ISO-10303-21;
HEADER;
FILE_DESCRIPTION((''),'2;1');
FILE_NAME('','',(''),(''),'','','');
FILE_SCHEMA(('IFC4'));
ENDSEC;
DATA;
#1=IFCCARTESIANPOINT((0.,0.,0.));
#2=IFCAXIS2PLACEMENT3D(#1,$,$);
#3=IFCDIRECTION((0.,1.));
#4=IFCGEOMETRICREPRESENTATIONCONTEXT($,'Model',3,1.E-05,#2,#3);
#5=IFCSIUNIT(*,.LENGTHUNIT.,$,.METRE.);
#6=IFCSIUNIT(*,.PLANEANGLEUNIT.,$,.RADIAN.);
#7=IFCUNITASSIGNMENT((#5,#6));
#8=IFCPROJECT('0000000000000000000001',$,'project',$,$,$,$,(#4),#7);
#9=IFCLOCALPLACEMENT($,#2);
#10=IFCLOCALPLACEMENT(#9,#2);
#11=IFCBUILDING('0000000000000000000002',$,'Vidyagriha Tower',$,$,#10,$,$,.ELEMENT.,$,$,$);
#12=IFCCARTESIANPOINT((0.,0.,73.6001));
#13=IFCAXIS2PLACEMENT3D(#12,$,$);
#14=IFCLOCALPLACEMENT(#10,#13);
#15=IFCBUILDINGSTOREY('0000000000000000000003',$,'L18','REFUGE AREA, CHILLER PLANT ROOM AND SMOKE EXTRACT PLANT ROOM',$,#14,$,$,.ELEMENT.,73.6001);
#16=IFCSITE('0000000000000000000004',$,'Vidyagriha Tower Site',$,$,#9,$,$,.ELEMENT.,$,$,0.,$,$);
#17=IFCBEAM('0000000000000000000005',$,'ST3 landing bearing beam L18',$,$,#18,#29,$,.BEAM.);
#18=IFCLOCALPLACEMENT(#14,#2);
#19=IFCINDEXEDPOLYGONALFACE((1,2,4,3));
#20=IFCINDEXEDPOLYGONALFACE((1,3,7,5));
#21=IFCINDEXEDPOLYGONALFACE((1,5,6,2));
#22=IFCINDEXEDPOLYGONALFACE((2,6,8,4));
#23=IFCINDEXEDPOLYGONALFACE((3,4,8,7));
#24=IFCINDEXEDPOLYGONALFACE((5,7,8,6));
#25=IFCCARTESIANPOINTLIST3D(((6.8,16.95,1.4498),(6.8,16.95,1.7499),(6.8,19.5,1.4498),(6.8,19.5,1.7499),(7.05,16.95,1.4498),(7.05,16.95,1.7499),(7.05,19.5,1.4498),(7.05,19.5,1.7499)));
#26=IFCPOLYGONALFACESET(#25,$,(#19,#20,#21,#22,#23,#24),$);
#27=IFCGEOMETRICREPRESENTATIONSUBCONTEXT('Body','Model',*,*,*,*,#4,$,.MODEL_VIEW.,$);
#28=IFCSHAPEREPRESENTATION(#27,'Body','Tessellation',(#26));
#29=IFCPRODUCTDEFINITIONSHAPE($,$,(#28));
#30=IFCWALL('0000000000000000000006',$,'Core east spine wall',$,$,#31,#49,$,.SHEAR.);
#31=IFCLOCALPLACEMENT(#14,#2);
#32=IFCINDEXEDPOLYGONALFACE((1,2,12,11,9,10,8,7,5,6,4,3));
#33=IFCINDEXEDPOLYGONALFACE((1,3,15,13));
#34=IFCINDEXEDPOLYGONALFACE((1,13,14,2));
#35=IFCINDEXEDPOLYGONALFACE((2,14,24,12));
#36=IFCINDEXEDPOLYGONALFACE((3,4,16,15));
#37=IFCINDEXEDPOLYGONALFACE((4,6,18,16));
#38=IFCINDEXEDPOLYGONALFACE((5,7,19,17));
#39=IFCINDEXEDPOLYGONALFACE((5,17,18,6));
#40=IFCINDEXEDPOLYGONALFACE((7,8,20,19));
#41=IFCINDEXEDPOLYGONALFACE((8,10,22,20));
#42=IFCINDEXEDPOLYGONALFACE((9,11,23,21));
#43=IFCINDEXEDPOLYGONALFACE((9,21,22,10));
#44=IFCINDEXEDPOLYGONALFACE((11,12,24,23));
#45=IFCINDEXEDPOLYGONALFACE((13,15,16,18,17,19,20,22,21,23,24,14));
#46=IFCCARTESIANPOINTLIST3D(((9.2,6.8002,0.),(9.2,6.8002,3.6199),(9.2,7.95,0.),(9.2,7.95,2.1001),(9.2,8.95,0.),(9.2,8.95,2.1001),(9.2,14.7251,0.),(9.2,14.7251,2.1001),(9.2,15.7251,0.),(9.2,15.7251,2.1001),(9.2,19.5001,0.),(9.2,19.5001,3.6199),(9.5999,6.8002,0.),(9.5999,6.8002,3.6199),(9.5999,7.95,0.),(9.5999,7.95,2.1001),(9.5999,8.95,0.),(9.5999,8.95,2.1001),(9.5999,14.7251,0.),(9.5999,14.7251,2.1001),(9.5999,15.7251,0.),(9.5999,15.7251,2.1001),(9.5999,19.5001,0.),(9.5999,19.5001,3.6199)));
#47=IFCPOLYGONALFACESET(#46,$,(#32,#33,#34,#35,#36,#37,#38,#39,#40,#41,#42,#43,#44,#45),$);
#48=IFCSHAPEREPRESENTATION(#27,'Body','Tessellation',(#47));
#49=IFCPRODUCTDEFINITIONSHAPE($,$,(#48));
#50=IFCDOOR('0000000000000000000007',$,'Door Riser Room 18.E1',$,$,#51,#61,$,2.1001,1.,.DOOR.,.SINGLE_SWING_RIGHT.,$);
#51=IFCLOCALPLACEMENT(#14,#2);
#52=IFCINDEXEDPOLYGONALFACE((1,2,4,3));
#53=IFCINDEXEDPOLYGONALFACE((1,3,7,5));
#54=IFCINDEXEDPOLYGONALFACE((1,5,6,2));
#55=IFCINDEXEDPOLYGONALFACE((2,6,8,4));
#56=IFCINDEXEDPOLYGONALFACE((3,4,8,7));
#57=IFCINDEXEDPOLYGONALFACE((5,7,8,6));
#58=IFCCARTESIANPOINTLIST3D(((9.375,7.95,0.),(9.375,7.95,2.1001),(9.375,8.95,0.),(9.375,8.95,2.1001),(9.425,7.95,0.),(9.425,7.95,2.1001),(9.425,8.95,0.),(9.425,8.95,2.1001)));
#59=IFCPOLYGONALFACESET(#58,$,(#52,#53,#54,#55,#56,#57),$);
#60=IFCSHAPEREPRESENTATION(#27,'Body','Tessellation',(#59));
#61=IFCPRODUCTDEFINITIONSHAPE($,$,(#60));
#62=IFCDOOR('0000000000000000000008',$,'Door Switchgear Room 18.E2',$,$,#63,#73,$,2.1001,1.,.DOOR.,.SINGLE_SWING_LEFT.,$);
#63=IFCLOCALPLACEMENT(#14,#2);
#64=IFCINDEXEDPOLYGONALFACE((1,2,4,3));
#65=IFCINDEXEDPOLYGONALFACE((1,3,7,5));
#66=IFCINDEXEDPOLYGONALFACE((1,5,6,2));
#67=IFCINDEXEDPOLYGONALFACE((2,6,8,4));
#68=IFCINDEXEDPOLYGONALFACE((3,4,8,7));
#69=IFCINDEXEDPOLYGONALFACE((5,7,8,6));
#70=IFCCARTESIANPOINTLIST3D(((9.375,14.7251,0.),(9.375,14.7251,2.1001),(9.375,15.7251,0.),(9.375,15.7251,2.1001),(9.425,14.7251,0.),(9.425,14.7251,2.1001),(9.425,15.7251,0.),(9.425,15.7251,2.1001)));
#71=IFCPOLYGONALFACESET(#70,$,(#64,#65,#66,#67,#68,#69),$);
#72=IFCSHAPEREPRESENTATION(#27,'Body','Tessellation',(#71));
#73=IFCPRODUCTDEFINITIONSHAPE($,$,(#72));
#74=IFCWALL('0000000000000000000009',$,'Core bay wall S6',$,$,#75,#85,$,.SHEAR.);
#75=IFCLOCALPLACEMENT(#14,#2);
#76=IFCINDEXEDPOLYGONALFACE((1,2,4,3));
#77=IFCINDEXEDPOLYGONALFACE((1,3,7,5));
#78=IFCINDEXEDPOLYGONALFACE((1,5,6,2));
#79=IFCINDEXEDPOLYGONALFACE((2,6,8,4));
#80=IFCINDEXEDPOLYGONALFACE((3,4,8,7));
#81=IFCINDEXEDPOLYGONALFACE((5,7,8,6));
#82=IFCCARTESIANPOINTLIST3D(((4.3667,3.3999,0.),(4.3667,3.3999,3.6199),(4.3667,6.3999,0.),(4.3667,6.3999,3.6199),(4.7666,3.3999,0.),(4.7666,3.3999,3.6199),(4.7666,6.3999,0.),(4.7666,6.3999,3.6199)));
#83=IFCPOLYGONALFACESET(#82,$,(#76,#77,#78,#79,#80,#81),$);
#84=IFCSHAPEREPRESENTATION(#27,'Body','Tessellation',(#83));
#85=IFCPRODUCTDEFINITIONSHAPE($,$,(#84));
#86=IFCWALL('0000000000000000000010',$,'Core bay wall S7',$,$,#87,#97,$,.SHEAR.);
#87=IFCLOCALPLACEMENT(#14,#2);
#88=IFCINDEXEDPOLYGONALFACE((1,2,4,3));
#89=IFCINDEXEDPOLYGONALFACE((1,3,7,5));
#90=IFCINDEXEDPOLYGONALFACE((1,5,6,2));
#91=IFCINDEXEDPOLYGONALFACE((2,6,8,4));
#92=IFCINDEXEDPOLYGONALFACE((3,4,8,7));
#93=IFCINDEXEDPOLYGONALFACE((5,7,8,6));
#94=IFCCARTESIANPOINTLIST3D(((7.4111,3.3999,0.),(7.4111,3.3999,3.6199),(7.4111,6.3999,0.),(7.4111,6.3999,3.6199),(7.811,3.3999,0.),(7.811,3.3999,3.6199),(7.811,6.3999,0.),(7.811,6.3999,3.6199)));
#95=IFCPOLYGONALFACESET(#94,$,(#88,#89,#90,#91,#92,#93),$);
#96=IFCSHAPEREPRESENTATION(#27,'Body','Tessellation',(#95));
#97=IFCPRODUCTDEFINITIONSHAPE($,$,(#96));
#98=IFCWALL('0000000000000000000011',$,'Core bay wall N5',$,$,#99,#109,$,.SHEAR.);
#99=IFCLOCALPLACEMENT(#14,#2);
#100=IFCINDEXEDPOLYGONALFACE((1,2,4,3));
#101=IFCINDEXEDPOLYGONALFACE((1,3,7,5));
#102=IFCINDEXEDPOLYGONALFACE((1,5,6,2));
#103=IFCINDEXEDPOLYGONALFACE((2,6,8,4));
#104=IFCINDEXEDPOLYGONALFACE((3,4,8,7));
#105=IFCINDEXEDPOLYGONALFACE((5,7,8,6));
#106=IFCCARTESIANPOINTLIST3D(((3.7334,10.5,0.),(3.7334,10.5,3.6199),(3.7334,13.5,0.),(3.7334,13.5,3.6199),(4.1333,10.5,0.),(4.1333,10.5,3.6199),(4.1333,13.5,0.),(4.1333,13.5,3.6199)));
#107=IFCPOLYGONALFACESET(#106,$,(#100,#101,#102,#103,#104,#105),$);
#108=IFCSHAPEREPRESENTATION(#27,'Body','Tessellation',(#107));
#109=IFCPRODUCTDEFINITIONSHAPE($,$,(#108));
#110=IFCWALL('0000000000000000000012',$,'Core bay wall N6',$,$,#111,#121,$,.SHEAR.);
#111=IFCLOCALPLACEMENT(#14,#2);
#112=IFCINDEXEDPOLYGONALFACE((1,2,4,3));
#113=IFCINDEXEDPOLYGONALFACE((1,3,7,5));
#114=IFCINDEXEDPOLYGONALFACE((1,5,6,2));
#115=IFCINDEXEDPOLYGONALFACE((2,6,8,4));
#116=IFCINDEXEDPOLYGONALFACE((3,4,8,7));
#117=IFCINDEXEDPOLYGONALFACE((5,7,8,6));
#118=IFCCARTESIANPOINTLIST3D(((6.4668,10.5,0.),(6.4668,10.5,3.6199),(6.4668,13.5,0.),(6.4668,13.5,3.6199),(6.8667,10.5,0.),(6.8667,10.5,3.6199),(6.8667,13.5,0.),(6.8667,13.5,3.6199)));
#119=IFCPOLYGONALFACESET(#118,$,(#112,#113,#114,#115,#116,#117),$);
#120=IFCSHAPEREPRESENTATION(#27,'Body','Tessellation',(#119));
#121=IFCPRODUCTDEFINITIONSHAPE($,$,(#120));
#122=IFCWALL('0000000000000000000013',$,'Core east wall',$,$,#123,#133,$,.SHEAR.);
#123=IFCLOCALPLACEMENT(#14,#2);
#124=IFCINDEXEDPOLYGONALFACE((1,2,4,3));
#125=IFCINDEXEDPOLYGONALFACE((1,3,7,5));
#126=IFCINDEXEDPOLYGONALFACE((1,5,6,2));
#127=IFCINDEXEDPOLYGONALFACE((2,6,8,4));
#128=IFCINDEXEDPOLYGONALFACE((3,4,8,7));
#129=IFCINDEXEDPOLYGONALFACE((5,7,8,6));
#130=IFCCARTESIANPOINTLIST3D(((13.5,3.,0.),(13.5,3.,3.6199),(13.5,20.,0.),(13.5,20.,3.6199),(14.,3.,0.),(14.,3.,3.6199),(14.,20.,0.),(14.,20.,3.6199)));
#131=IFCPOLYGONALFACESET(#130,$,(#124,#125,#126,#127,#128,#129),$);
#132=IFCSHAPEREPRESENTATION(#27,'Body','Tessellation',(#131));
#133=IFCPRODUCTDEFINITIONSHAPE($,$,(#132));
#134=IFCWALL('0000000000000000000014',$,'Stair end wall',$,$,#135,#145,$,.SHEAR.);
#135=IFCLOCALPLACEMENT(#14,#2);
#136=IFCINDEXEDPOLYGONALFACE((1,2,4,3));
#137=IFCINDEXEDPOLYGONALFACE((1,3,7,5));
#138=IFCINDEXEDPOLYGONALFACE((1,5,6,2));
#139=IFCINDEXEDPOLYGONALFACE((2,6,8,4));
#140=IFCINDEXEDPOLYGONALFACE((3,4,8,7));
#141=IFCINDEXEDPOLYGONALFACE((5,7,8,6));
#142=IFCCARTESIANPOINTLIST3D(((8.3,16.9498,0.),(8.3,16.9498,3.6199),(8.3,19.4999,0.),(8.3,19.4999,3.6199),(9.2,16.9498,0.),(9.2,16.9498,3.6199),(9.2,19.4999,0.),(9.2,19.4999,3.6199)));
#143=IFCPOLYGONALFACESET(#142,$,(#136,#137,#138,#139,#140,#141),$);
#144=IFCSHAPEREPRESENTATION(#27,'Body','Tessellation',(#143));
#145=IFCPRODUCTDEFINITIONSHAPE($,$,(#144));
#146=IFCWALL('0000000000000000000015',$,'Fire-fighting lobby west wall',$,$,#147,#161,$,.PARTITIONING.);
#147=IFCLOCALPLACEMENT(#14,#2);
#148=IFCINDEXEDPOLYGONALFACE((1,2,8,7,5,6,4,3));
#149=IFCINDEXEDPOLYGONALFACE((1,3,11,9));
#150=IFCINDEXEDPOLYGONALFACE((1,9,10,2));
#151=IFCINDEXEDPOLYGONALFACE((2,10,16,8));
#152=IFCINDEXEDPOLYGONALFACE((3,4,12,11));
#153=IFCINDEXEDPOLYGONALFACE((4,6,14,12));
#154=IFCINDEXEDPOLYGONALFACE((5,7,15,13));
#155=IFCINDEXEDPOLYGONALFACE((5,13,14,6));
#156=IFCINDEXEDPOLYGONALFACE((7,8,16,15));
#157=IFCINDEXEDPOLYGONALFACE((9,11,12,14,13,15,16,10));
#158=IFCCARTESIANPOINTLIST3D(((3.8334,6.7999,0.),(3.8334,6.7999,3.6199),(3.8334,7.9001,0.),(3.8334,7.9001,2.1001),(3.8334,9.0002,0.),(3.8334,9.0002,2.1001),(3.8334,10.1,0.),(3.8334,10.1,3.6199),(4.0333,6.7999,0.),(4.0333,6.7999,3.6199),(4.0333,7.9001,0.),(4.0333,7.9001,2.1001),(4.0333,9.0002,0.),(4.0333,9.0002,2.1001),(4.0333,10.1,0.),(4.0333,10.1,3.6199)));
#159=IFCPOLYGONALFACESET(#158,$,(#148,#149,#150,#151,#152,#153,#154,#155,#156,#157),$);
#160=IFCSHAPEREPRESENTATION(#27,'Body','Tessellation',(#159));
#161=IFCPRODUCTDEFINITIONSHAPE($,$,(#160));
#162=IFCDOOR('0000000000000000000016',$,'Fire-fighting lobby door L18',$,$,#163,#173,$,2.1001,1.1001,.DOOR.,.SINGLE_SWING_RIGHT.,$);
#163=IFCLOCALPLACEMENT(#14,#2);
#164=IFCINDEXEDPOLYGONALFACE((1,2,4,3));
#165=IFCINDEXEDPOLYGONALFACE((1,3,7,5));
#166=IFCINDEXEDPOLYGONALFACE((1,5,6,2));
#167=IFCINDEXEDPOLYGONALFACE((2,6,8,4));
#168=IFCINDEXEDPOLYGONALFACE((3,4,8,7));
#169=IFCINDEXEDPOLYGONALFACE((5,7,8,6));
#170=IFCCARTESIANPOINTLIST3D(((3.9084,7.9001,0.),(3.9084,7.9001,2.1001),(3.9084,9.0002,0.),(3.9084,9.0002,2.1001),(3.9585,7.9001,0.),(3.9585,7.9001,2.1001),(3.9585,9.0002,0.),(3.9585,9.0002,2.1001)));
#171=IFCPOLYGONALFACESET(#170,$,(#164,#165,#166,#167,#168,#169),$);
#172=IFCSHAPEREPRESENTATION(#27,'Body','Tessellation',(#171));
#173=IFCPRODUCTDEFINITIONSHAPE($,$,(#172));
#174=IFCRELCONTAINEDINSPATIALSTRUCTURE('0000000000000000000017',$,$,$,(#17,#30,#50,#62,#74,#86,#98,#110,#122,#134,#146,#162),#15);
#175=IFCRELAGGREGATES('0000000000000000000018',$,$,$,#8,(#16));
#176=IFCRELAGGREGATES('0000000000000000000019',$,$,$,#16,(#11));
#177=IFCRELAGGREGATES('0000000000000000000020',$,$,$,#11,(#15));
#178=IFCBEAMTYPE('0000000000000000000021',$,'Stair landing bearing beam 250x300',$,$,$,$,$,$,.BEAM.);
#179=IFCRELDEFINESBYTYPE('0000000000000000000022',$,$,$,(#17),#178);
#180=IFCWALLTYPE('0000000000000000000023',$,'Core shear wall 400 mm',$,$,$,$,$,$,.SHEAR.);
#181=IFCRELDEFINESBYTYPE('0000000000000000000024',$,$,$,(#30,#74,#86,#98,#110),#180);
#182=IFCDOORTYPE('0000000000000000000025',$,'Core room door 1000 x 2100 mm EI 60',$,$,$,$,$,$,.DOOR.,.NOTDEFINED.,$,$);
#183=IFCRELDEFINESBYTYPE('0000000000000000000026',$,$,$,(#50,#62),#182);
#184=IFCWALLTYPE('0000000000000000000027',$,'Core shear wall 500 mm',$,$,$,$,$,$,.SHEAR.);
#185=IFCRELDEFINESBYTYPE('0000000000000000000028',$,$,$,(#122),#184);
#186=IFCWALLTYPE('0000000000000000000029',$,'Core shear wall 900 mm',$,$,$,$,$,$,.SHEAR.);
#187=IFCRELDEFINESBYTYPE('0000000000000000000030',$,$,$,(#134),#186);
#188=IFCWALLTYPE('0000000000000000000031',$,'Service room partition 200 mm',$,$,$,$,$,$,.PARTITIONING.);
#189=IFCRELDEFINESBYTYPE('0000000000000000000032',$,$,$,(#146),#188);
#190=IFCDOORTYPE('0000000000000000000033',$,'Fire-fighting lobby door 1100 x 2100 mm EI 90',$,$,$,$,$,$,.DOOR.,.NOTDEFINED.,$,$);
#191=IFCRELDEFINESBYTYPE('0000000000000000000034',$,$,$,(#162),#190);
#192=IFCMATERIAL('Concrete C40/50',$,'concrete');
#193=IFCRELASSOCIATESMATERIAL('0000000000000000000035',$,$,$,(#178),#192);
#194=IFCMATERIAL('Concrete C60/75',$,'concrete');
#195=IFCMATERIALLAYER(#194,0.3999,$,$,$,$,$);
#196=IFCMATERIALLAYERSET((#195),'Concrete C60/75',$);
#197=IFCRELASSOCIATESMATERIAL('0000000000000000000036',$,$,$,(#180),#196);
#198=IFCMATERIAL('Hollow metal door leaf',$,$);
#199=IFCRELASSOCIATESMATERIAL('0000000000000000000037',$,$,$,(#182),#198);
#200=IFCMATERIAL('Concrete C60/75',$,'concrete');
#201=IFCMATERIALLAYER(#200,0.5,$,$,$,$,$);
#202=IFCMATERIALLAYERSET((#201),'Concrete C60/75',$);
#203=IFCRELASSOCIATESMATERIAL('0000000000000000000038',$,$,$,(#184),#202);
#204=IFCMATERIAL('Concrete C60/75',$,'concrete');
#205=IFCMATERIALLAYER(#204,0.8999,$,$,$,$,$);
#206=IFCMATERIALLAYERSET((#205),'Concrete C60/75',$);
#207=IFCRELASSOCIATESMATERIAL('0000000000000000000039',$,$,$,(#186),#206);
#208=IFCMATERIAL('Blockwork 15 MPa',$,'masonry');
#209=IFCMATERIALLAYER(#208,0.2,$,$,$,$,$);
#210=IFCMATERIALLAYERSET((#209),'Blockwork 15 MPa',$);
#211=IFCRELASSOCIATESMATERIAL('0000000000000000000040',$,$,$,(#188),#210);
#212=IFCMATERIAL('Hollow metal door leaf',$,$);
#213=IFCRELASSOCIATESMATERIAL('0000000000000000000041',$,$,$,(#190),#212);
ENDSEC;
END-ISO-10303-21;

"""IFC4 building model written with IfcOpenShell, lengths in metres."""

from ifc_helpers import new_model, si_unit, direction, frame, frame_2d, origin, origin_2d, place, context, subcontext, project, spatial, rectangle, extrude, material, layer, layer_set, material_profile, profile_set, type_object, element, fill, save


model = new_model("IFC4")

# Units and contexts
model_context = context("Model", 3, precision=1e-05, world=origin(), true_north=direction((0.0, 1.0)))
body_context = subcontext(model_context, "Body", "Model", "MODEL_VIEW")
ifc_project = project(units=[si_unit("LENGTHUNIT", "METRE"), si_unit("PLANEANGLEUNIT", "RADIAN")], contexts=[model_context])

# Site, building, storey
site_placement = place(None, origin())
site = spatial("IfcSite", under=ifc_project, at=site_placement, Name="Vidyagriha Tower Site", CompositionType="ELEMENT", RefElevation=0.0)
building_placement = place(site_placement, origin())
building = spatial("IfcBuilding", under=site, at=building_placement, Name="Vidyagriha Tower", CompositionType="ELEMENT")
storey_placement = place(building_placement, frame((0.0, 0.0, 73.6001)))
storey = spatial("IfcBuildingStorey", under=building, at=storey_placement, Name="L18", Description="REFUGE AREA, CHILLER PLANT ROOM AND SMOKE EXTRACT PLANT ROOM", CompositionType="ELEMENT", Elevation=73.6001)

# Beam
ifc_material_1 = material(Name="Concrete C40/50", Category="concrete")
ifc_material_profile = material_profile(ifc_material_1, rectangle(XDim=0.25, YDim=0.3, at=origin_2d()), Name="Stair landing bearing beam 250x300")
ifc_profile_set = profile_set([ifc_material_profile], Name="Concrete C40/50")
beam_type = type_object("IfcBeamType", Name="Stair landing bearing beam 250x300", PredefinedType="BEAM", material=ifc_profile_set)
beam_placement = place(storey_placement, frame((6.925, 16.95, 1.5999), z_axis=(0.0, 1.0, 0.0), x_axis=(-1.0, 0.0, 0.0)))
element("IfcBeam", 1, at=beam_placement, inside=storey, type_object=beam_type, Name="ST3 landing bearing beam L18", PredefinedType="BEAM", context=body_context, shape_type="SweptSolid", body=[
    extrude(rectangle(XDim=0.25, YDim=0.3, at=origin_2d()), origin(), (0.0, 0.0, 1.0), 2.55),
])

# Wall, openings, doors
ifc_material_2 = material(Name="Concrete C60/75", Category="concrete")
ifc_layer_1 = layer(ifc_material_2, 0.3999)
ifc_layer_set_1 = layer_set([ifc_layer_1], Name="Concrete C60/75")
wall_type_1 = type_object("IfcWallType", Name="Core shear wall 400 mm", PredefinedType="SHEAR", material=ifc_layer_set_1)
wall_1_placement = place(storey_placement, frame((9.3999, 6.8, 0.0), z_axis=(0.0, 0.0, 1.0), x_axis=(0.0, 1.0, 0.0)))
wall_1 = element("IfcWall", 2, at=wall_1_placement, inside=storey, type_object=wall_type_1, Name="Core east spine wall", PredefinedType="SHEAR", context=body_context, shape_type="SweptSolid", body=[
    extrude(rectangle(XDim=12.7, YDim=0.3999, at=frame_2d((6.3501, 0.0))), origin(), (0.0, 0.0, 1.0), 3.6199),
])
opening_1_placement = place(wall_1_placement, frame((1.1499, 0.0, 0.0)))
opening_1 = element("IfcOpeningElement", 3, at=opening_1_placement, cuts=wall_1, PredefinedType="OPENING", context=body_context, shape_type="SweptSolid", body=[
    extrude(rectangle(XDim=1.0, YDim=2.1001, at=frame_2d((0.5, 1.05))), frame((0.0, 0.21, 0.0), z_axis=(0.0, -1.0, 0.0), x_axis=(1.0, 0.0, 0.0)), (0.0, 0.0, 1.0), 0.4199),
])
opening_2_placement = place(wall_1_placement, frame((7.925, 0.0, 0.0)))
opening_2 = element("IfcOpeningElement", 4, at=opening_2_placement, cuts=wall_1, PredefinedType="OPENING", context=body_context, shape_type="SweptSolid", body=[
    extrude(rectangle(XDim=1.0, YDim=2.1001, at=frame_2d((0.5, 1.05))), frame((0.0, 0.21, 0.0), z_axis=(0.0, -1.0, 0.0), x_axis=(1.0, 0.0, 0.0)), (0.0, 0.0, 1.0), 0.4199),
])
ifc_material_3 = material(Name="Hollow metal door leaf")
door_type_1 = type_object("IfcDoorType", Name="Core room door 1000 x 2100 mm EI 60", OperationType="NOTDEFINED", PredefinedType="DOOR", material=ifc_material_3)
door_1_placement = place(opening_1_placement, origin())
door_1 = element("IfcDoor", 5, at=door_1_placement, inside=storey, type_object=door_type_1, Name="Door Riser Room 18.E1", OperationType="SINGLE_SWING_RIGHT", OverallHeight=2.1001, OverallWidth=1.0, PredefinedType="DOOR", context=body_context, shape_type="SweptSolid", body=[
    extrude(rectangle(XDim=1.0, YDim=2.1001, at=frame_2d((0.5, 1.05))), frame((0.0, 0.0249, 0.0), z_axis=(0.0, -1.0, 0.0), x_axis=(1.0, 0.0, 0.0)), (0.0, 0.0, 1.0), 0.05),
])
fill(opening_1, door_1)
door_2_placement = place(opening_2_placement, origin())
door_2 = element("IfcDoor", 6, at=door_2_placement, inside=storey, type_object=door_type_1, Name="Door Switchgear Room 18.E2", OperationType="SINGLE_SWING_LEFT", OverallHeight=2.1001, OverallWidth=1.0, PredefinedType="DOOR", context=body_context, shape_type="SweptSolid", body=[
    extrude(rectangle(XDim=1.0, YDim=2.1001, at=frame_2d((0.5, 1.05))), frame((0.0, 0.0249, 0.0), z_axis=(0.0, -1.0, 0.0), x_axis=(1.0, 0.0, 0.0)), (0.0, 0.0, 1.0), 0.05),
])
fill(opening_2, door_2)

# Walls
for number, where, z_axis, x_axis, name in (
    (7, (4.5667, 3.3999, 0.0), (0.0, 0.0, 1.0), (0.0, 1.0, 0.0), "Core bay wall S6"),
    (8, (7.6111, 3.3999, 0.0), (0.0, 0.0, 1.0), (0.0, 1.0, 0.0), "Core bay wall S7"),
    (9, (3.9333, 10.5, 0.0), (0.0, 0.0, 1.0), (0.0, 1.0, 0.0), "Core bay wall N5"),
    (10, (6.6667, 10.5, 0.0), (0.0, 0.0, 1.0), (0.0, 1.0, 0.0), "Core bay wall N6"),
):
    element("IfcWall", number, at=place(storey_placement, frame(where, z_axis=z_axis, x_axis=x_axis)), inside=storey, type_object=wall_type_1, Name=name, PredefinedType="SHEAR", context=body_context, shape_type="SweptSolid", body=[
        extrude(rectangle(XDim=3.0, YDim=0.3999, at=frame_2d((1.5, 0.0))), origin(), (0.0, 0.0, 1.0), 3.6199),
    ])
ifc_material_4 = material(Name="Concrete C60/75", Category="concrete")
ifc_layer_2 = layer(ifc_material_4, 0.5)
ifc_layer_set_2 = layer_set([ifc_layer_2], Name="Concrete C60/75")
wall_type_2 = type_object("IfcWallType", Name="Core shear wall 500 mm", PredefinedType="SHEAR", material=ifc_layer_set_2)
wall_2_placement = place(storey_placement, frame((13.75, 3.0, 0.0), z_axis=(0.0, 0.0, 1.0), x_axis=(0.0, 1.0, 0.0)))
element("IfcWall", 11, at=wall_2_placement, inside=storey, type_object=wall_type_2, Name="Core east wall", PredefinedType="SHEAR", context=body_context, shape_type="SweptSolid", body=[
    extrude(rectangle(XDim=17.0, YDim=0.5, at=frame_2d((8.5, 0.0))), origin(), (0.0, 0.0, 1.0), 3.6199),
])
ifc_material_5 = material(Name="Concrete C60/75", Category="concrete")
ifc_layer_3 = layer(ifc_material_5, 0.8999)
ifc_layer_set_3 = layer_set([ifc_layer_3], Name="Concrete C60/75")
wall_type_3 = type_object("IfcWallType", Name="Core shear wall 900 mm", PredefinedType="SHEAR", material=ifc_layer_set_3)
wall_3_placement = place(storey_placement, frame((8.75, 16.95, 0.0), z_axis=(0.0, 0.0, 1.0), x_axis=(0.0, 1.0, 0.0)))
element("IfcWall", 12, at=wall_3_placement, inside=storey, type_object=wall_type_3, Name="Stair end wall", PredefinedType="SHEAR", context=body_context, shape_type="SweptSolid", body=[
    extrude(rectangle(XDim=2.55, YDim=0.8999, at=frame_2d((1.2749, 0.0))), origin(), (0.0, 0.0, 1.0), 3.6199),
])

# Wall, opening, door
ifc_material_6 = material(Name="Blockwork 15 MPa", Category="masonry")
ifc_layer_4 = layer(ifc_material_6, 0.2)
ifc_layer_set_4 = layer_set([ifc_layer_4], Name="Blockwork 15 MPa")
wall_type_4 = type_object("IfcWallType", Name="Service room partition 200 mm", PredefinedType="PARTITIONING", material=ifc_layer_set_4)
wall_4_placement = place(storey_placement, frame((3.9333, 6.8, 0.0), z_axis=(0.0, 0.0, 1.0), x_axis=(0.0, 1.0, 0.0)))
wall_4 = element("IfcWall", 13, at=wall_4_placement, inside=storey, type_object=wall_type_4, Name="Fire-fighting lobby west wall", PredefinedType="PARTITIONING", context=body_context, shape_type="SweptSolid", body=[
    extrude(rectangle(XDim=3.3, YDim=0.2, at=frame_2d((1.6499, 0.0))), origin(), (0.0, 0.0, 1.0), 3.6199),
])
opening_3_placement = place(wall_4_placement, frame((1.1001, 0.0, 0.0)))
opening_3 = element("IfcOpeningElement", 14, at=opening_3_placement, cuts=wall_4, PredefinedType="OPENING", context=body_context, shape_type="SweptSolid", body=[
    extrude(rectangle(XDim=1.1001, YDim=2.1001, at=frame_2d((0.55, 1.05))), frame((0.0, 0.1099, 0.0), z_axis=(0.0, -1.0, 0.0), x_axis=(1.0, 0.0, 0.0)), (0.0, 0.0, 1.0), 0.22),
])
ifc_material_7 = material(Name="Hollow metal door leaf")
door_type_2 = type_object("IfcDoorType", Name="Fire-fighting lobby door 1100 x 2100 mm EI 90", OperationType="NOTDEFINED", PredefinedType="DOOR", material=ifc_material_7)
door_3_placement = place(opening_3_placement, origin())
door_3 = element("IfcDoor", 15, at=door_3_placement, inside=storey, type_object=door_type_2, Name="Fire-fighting lobby door L18", OperationType="SINGLE_SWING_RIGHT", OverallHeight=2.1001, OverallWidth=1.1001, PredefinedType="DOOR", context=body_context, shape_type="SweptSolid", body=[
    extrude(rectangle(XDim=1.1001, YDim=2.1001, at=frame_2d((0.55, 1.05))), frame((0.0, 0.0249, 0.0), z_axis=(0.0, -1.0, 0.0), x_axis=(1.0, 0.0, 0.0)), (0.0, 0.0, 1.0), 0.05),
])
fill(opening_3, door_3)

save(model, "model.ifc")
